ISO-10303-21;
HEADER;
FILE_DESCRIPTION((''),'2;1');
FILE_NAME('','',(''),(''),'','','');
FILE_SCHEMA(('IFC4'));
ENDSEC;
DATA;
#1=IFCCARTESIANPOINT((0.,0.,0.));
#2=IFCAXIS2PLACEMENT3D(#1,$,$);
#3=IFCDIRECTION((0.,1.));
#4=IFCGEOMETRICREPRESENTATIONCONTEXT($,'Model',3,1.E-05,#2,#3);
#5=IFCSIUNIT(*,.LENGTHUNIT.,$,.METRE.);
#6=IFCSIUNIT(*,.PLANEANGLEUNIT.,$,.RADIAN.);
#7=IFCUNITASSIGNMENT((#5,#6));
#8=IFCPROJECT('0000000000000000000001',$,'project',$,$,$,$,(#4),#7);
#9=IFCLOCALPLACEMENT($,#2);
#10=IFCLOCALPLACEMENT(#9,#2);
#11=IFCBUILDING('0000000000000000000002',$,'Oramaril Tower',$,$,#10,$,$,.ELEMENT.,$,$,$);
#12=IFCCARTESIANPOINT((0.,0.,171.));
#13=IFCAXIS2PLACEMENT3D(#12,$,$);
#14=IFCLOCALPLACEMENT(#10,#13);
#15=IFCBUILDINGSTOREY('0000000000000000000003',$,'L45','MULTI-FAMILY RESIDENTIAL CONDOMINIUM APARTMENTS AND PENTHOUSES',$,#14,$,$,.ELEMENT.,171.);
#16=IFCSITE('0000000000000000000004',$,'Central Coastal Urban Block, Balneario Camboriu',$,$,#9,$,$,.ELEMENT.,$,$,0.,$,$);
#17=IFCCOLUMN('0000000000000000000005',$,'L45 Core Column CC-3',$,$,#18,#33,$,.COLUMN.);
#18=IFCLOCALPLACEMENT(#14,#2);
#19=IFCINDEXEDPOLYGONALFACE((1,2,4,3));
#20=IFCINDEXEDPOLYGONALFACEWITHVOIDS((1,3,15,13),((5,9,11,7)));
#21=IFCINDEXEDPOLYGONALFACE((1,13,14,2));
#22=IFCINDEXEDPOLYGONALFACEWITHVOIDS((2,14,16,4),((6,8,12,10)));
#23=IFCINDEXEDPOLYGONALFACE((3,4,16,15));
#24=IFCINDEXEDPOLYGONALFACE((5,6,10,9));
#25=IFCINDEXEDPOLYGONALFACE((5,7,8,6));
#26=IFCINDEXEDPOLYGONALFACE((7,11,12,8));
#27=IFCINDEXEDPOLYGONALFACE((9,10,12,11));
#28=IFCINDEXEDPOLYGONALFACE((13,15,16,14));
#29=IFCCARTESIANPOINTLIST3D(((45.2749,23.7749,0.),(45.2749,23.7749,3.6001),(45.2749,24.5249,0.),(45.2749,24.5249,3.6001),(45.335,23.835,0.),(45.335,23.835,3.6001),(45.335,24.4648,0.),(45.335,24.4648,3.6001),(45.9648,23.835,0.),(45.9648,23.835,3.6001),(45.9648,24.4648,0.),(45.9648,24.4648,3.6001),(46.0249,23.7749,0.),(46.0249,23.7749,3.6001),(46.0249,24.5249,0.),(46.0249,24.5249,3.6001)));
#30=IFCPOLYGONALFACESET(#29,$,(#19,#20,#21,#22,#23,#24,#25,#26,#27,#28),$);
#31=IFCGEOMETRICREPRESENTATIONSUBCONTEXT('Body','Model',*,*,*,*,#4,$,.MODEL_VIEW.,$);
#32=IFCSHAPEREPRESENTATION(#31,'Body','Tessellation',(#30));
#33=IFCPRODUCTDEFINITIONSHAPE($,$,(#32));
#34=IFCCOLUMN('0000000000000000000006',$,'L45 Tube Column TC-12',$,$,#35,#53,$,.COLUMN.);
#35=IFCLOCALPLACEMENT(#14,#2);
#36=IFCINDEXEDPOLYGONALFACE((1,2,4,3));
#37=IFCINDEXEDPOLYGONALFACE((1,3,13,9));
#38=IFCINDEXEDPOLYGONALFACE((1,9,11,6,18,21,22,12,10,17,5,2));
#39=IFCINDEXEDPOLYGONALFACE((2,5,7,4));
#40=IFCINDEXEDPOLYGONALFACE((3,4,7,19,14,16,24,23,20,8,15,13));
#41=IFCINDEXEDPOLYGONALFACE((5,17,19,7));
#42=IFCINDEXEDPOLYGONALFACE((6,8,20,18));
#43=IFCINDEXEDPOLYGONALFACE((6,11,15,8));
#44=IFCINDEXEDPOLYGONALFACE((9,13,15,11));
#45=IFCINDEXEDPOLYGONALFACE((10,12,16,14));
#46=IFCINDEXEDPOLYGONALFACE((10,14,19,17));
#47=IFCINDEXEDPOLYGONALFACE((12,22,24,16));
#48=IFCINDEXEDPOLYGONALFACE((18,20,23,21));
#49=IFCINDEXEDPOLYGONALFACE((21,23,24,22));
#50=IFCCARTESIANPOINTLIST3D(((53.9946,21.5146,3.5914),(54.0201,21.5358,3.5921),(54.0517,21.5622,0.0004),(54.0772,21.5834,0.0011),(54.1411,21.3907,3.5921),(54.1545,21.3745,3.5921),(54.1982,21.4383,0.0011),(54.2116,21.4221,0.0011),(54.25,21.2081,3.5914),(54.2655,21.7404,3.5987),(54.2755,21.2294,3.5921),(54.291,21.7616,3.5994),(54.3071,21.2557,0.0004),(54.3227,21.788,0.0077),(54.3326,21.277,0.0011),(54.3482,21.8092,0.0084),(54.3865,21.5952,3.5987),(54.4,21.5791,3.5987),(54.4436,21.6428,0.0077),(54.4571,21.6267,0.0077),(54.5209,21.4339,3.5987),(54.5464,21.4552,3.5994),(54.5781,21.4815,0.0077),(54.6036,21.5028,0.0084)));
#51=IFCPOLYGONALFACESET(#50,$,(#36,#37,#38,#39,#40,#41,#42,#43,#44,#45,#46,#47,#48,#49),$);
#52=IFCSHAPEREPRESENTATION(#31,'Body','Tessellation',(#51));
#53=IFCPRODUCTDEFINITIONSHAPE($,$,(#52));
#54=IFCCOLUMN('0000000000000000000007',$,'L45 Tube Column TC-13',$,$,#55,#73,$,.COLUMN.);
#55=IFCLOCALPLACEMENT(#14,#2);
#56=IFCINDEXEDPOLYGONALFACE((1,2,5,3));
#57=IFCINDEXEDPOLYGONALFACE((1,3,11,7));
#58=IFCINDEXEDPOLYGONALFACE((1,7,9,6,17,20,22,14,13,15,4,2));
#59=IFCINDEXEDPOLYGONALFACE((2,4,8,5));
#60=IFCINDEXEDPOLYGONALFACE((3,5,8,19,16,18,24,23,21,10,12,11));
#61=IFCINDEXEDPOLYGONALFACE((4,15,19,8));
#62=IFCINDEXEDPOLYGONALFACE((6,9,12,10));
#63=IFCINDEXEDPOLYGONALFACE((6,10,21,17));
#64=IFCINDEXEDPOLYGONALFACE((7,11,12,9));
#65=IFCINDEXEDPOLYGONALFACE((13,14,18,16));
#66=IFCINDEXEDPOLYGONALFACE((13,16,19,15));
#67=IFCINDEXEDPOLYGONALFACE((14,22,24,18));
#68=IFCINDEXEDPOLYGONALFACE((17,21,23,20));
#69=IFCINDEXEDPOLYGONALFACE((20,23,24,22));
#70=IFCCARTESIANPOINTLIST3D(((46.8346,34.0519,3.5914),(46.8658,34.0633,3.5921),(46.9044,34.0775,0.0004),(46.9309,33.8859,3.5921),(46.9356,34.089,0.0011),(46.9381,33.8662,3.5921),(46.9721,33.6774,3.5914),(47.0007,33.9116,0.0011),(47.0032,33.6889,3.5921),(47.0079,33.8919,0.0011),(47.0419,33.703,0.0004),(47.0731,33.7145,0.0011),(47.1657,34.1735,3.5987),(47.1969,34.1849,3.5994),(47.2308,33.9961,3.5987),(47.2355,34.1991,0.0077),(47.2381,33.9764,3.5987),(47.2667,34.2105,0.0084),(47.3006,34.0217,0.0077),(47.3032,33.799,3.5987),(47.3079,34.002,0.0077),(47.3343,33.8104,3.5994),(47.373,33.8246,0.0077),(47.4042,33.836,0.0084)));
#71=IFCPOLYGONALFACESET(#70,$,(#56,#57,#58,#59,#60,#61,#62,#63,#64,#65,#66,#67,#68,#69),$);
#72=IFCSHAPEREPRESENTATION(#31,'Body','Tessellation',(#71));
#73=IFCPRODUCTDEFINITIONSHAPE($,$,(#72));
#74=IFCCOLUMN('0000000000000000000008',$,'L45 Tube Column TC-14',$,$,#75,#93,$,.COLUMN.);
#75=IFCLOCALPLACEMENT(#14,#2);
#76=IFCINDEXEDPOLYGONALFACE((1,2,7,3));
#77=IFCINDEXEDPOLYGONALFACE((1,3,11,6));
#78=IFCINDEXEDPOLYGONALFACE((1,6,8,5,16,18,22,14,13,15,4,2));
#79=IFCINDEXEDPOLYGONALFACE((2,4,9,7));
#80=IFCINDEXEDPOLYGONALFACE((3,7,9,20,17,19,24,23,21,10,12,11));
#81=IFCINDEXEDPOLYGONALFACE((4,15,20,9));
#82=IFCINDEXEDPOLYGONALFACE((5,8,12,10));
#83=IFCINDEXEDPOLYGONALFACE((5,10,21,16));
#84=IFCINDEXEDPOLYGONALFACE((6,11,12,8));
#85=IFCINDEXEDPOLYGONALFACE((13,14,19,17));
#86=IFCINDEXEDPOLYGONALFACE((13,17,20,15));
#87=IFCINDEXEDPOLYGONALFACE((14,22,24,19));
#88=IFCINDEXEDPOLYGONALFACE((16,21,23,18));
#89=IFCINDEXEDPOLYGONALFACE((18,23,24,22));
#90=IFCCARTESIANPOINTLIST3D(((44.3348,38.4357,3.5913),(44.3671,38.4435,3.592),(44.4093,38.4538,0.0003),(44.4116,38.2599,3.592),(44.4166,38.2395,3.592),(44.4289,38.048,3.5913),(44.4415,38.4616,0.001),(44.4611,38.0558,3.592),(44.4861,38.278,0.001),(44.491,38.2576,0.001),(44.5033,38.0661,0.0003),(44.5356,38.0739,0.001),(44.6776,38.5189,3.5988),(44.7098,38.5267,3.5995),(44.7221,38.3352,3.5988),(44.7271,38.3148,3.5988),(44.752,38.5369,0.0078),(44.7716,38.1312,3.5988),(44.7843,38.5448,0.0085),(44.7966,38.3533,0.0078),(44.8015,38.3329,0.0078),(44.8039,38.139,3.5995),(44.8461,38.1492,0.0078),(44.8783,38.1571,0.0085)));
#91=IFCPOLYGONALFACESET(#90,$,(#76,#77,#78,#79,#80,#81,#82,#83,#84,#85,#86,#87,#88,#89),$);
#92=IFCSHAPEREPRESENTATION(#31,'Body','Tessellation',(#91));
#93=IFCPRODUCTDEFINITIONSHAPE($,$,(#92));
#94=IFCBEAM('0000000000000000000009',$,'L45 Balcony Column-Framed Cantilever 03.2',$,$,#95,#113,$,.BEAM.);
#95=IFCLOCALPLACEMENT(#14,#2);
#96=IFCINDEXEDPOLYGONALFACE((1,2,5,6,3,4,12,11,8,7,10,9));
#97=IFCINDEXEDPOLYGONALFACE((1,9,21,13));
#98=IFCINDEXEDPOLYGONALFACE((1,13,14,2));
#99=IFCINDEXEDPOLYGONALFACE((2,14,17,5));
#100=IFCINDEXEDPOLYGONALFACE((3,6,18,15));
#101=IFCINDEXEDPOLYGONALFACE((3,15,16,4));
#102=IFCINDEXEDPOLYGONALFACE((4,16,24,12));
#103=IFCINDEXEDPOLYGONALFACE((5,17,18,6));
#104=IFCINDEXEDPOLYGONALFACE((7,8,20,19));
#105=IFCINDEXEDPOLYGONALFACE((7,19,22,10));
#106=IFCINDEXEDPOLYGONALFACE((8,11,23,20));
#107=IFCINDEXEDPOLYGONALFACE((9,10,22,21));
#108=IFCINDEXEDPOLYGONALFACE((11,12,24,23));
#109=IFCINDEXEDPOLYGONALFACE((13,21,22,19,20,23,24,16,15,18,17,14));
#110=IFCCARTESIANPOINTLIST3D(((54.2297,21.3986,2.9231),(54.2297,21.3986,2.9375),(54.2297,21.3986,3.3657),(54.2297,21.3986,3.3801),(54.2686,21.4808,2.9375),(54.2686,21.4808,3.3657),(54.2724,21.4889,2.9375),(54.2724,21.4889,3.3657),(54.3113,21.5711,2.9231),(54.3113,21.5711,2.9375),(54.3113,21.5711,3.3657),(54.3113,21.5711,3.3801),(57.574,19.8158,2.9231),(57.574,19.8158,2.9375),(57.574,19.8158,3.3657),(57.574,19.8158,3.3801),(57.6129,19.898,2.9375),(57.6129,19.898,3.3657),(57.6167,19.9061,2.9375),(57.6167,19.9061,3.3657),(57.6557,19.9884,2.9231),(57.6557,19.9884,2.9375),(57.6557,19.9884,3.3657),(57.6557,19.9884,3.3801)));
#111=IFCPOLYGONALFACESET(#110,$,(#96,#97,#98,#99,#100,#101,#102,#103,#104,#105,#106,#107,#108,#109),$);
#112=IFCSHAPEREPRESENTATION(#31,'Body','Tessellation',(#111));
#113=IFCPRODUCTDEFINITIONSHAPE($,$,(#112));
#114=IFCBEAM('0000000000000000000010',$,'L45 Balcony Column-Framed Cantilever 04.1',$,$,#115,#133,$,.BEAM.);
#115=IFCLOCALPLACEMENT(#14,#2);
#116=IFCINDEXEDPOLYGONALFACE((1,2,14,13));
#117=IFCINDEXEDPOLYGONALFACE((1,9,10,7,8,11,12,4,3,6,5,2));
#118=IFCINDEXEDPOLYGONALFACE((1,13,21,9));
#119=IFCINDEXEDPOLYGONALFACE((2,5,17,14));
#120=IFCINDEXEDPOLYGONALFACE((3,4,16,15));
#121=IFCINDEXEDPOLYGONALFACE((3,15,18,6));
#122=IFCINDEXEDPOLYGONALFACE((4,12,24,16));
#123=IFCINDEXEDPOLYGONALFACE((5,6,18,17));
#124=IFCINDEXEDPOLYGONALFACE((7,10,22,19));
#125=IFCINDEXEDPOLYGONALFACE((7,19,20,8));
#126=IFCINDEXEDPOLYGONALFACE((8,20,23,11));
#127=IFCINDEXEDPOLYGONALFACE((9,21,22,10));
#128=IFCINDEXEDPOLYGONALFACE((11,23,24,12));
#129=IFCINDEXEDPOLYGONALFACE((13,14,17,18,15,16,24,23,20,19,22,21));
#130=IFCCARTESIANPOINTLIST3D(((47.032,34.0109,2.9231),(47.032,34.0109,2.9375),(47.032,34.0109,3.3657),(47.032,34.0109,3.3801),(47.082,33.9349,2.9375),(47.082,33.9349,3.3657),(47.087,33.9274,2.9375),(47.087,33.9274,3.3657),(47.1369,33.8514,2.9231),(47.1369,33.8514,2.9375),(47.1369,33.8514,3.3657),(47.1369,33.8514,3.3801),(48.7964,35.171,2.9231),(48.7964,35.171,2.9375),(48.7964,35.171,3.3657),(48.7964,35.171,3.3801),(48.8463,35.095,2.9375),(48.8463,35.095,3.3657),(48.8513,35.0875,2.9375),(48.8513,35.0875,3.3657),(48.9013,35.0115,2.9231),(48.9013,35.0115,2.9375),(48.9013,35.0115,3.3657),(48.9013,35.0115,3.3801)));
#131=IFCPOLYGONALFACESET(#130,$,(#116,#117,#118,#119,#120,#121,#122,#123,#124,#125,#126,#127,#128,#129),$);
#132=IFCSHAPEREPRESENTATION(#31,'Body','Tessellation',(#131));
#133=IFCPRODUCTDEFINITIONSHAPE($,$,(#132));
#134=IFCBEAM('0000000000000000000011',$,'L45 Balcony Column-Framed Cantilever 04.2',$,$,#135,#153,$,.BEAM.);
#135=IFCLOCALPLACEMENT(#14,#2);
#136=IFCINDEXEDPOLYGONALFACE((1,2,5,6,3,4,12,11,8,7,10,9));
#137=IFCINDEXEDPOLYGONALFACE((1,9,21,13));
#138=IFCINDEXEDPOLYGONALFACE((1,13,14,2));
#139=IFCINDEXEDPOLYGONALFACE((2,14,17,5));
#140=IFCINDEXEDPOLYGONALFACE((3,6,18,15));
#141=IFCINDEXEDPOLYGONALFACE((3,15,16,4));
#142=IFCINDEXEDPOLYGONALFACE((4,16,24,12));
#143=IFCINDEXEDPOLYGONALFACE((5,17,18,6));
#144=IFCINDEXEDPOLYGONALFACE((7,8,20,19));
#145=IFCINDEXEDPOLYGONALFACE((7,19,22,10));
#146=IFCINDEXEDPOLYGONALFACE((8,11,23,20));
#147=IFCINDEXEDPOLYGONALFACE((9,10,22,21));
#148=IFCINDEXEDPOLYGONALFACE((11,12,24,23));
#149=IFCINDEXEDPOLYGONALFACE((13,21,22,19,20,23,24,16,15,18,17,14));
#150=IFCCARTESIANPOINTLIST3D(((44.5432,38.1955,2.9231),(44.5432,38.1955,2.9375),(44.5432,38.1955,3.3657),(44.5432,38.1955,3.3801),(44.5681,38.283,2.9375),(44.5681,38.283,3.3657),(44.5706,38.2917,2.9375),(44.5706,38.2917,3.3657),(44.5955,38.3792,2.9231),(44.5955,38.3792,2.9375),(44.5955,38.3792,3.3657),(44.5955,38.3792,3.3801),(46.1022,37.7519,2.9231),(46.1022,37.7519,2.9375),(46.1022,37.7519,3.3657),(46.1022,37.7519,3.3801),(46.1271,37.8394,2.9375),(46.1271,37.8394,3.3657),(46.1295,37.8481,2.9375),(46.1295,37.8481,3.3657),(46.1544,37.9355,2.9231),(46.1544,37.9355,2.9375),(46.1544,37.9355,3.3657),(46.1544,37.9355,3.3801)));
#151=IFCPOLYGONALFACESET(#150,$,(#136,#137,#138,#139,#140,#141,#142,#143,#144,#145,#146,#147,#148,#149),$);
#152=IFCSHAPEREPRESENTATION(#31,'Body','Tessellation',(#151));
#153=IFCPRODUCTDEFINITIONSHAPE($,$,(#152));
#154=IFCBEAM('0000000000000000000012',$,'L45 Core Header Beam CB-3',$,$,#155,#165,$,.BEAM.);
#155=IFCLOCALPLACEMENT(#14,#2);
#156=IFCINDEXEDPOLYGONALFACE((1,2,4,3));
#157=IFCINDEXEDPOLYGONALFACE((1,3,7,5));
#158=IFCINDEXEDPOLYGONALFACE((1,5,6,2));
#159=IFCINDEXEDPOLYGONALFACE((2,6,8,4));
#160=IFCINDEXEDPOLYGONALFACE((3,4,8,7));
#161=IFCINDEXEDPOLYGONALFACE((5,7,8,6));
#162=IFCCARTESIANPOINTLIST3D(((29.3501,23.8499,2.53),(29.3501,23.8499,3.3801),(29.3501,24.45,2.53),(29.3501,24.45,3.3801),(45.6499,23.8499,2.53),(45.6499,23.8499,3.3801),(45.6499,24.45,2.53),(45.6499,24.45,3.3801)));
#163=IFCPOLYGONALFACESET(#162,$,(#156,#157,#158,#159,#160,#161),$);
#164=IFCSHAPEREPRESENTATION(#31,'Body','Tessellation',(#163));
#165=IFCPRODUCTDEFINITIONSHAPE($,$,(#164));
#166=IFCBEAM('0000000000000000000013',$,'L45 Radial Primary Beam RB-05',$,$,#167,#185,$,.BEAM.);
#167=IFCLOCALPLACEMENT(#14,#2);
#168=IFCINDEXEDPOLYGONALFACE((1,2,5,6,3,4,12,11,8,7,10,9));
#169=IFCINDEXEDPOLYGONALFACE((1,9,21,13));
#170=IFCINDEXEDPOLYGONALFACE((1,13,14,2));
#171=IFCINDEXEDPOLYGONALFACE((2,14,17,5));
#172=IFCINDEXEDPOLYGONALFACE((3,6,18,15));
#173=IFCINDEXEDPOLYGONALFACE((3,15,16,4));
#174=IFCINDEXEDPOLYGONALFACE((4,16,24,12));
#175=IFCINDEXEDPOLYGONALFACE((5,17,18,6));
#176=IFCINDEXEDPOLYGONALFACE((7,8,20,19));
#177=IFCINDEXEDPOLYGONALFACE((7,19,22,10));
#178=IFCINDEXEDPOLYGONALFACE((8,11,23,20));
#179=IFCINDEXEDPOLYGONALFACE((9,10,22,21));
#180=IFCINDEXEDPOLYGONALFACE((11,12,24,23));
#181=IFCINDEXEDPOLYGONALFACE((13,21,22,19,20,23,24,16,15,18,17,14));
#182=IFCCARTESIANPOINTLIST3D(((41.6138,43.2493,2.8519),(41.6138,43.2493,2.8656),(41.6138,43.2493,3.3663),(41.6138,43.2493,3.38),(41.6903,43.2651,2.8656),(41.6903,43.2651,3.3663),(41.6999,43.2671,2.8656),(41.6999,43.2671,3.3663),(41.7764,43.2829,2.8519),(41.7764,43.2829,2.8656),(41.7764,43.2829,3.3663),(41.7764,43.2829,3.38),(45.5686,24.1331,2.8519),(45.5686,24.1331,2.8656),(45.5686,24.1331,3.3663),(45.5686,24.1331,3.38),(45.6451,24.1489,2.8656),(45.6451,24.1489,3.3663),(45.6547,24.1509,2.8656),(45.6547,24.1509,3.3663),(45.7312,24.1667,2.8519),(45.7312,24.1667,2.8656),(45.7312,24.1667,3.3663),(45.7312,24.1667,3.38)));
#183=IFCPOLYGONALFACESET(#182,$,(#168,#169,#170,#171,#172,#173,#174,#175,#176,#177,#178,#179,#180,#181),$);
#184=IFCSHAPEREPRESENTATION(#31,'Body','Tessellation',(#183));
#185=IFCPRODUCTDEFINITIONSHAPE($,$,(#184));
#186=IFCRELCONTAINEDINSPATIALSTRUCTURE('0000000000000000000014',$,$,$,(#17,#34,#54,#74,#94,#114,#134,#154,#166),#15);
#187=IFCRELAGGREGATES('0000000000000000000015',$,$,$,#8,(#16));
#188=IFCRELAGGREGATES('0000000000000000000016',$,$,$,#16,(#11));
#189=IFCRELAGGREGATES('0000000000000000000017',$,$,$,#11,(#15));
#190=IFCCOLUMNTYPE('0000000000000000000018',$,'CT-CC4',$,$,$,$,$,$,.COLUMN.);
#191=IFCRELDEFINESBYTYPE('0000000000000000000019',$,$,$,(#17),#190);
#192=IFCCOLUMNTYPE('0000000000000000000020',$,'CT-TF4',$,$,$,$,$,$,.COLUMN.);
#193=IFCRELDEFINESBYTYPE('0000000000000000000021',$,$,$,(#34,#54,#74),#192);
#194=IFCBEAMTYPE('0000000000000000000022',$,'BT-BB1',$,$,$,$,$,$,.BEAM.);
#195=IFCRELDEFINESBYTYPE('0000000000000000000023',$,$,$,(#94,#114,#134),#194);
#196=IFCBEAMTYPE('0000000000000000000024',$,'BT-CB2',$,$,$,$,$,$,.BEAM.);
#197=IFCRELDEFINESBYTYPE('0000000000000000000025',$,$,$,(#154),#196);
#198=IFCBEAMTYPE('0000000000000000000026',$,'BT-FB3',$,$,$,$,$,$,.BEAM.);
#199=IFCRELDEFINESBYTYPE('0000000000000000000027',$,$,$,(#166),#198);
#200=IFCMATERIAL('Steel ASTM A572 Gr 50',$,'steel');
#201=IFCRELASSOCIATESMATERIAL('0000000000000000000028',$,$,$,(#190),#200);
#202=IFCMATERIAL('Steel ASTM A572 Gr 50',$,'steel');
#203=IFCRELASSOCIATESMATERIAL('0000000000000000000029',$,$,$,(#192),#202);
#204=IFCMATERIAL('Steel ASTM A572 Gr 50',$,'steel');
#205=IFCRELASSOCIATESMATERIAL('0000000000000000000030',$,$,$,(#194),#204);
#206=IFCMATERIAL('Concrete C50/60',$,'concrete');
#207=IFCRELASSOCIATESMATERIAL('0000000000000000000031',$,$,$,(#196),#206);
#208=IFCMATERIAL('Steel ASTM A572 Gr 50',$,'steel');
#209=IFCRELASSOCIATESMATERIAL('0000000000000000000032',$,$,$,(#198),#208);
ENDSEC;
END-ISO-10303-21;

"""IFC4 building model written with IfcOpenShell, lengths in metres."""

from ifc_helpers import new_model, si_unit, direction, frame, origin, origin_2d, place, context, subcontext, project, spatial, rectangle, hollow_rectangle, i_section, extrude, material, material_profile, profile_set, type_object, element, save


model = new_model("IFC4")

# Units and contexts
model_context = context("Model", 3, precision=1e-05, world=origin(), true_north=direction((0.0, 1.0)))
body_context = subcontext(model_context, "Body", "Model", "MODEL_VIEW")
ifc_project = project(units=[si_unit("LENGTHUNIT", "METRE"), si_unit("PLANEANGLEUNIT", "RADIAN")], contexts=[model_context])

# Site, building, storey
site_placement = place(None, origin())
site = spatial("IfcSite", under=ifc_project, at=site_placement, Name="Central Coastal Urban Block, Balneario Camboriu", CompositionType="ELEMENT", RefElevation=0.0)
building_placement = place(site_placement, origin())
building = spatial("IfcBuilding", under=site, at=building_placement, Name="Oramaril Tower", CompositionType="ELEMENT")
storey_placement = place(building_placement, frame((0.0, 0.0, 171.0)))
storey = spatial("IfcBuildingStorey", under=building, at=storey_placement, Name="L45", Description="MULTI-FAMILY RESIDENTIAL CONDOMINIUM APARTMENTS AND PENTHOUSES", CompositionType="ELEMENT", Elevation=171.0)

# Columns
ifc_material_1 = material(Name="Steel ASTM A572 Gr 50", Category="steel")
ifc_material_profile_1 = material_profile(ifc_material_1, hollow_rectangle(XDim=0.75, YDim=0.75, WallThickness=0.0601, at=origin_2d()), Name="BOX750X750X60")
ifc_profile_set_1 = profile_set([ifc_material_profile_1], Name="Steel ASTM A572 Gr 50")
column_type_1 = type_object("IfcColumnType", Name="CT-CC4", PredefinedType="COLUMN", material=ifc_profile_set_1)
column_placement = place(storey_placement, frame((45.6499, 24.1499, 0.0), z_axis=(0.0, 0.0, 1.0), x_axis=(1.0, 0.0, 0.0)))
element("IfcColumn", 1, at=column_placement, inside=storey, type_object=column_type_1, Name="L45 Core Column CC-3", PredefinedType="COLUMN", context=body_context, shape_type="SweptSolid", body=[
    extrude(hollow_rectangle(XDim=0.75, YDim=0.75, WallThickness=0.0601, at=origin_2d()), origin(), (0.0, 0.0, 1.0), 3.6001),
])
ifc_material_2 = material(Name="Steel ASTM A572 Gr 50", Category="steel")
ifc_material_profile_2 = material_profile(ifc_material_2, i_section(OverallWidth=0.3989, OverallDepth=0.386, WebThickness=0.021, FlangeThickness=0.0332, at=origin_2d()), Name="W14X176")
ifc_profile_set_2 = profile_set([ifc_material_profile_2], Name="Steel ASTM A572 Gr 50")
column_type_2 = type_object("IfcColumnType", Name="CT-TF4", PredefinedType="COLUMN", material=ifc_profile_set_2)
for number, where, z_axis, x_axis, name in (
    (2, (54.3276, 21.5325, 0.0044), (-0.015905, -0.013254, 0.999786), (0.640184, -0.768221, 0.0), "L45 Tube Column TC-12"),
    (3, (47.1543, 33.9568, 0.0044), (-0.01944, -0.007137, 0.999786), (0.34464, -0.938735, 0.0), "L45 Tube Column TC-13"),
    (4, (44.6438, 38.3054, 0.0044), (-0.020731, -0.00503, 0.999772), (0.235782, -0.971806, 0.0), "L45 Tube Column TC-14"),
):
    element("IfcColumn", number, at=place(storey_placement, frame(where, z_axis=z_axis, x_axis=x_axis)), inside=storey, type_object=column_type_2, Name=name, PredefinedType="COLUMN", context=body_context, shape_type="SweptSolid", body=[
        extrude(i_section(OverallWidth=0.3989, OverallDepth=0.386, WebThickness=0.021, FlangeThickness=0.0332, at=origin_2d()), origin(), (0.0, 0.0, 1.0), 3.5918),
    ])

# Beams
ifc_material_3 = material(Name="Steel ASTM A572 Gr 50", Category="steel")
ifc_material_profile_3 = material_profile(ifc_material_3, i_section(OverallWidth=0.1909, OverallDepth=0.457, WebThickness=0.009, FlangeThickness=0.0144, at=origin_2d()), Name="W18X50")
ifc_profile_set_3 = profile_set([ifc_material_profile_3], Name="Steel ASTM A572 Gr 50")
beam_type_1 = type_object("IfcBeamType", Name="BT-BB1", PredefinedType="BEAM", material=ifc_profile_set_3)
beam_1_placement = place(storey_placement, frame((54.2705, 21.4849, 3.1516), z_axis=(0.903879, -0.427788, 0.0), x_axis=(0.427788, 0.903879, 0.0)))
element("IfcBeam", 5, at=beam_1_placement, inside=storey, type_object=beam_type_1, Name="L45 Balcony Column-Framed Cantilever 03.2", PredefinedType="BEAM", context=body_context, shape_type="SweptSolid", body=[
    extrude(i_section(OverallWidth=0.1909, OverallDepth=0.457, WebThickness=0.009, FlangeThickness=0.0144, at=origin_2d()), origin(), (0.0, 0.0, 1.0), 3.7),
])
beam_2_placement = place(storey_placement, frame((47.0845, 33.9312, 3.1516), z_axis=(0.835555, 0.549406, 0.0), x_axis=(-0.549406, 0.835555, 0.0)))
element("IfcBeam", 6, at=beam_2_placement, inside=storey, type_object=beam_type_1, Name="L45 Balcony Column-Framed Cantilever 04.1", PredefinedType="BEAM", context=body_context, shape_type="SweptSolid", body=[
    extrude(i_section(OverallWidth=0.1909, OverallDepth=0.457, WebThickness=0.009, FlangeThickness=0.0144, at=origin_2d()), origin(), (0.0, 0.0, 1.0), 2.1116),
])
beam_3_placement = place(storey_placement, frame((44.5693, 38.2874, 3.1516), z_axis=(0.961813, -0.273706, 0.0), x_axis=(0.273706, 0.961813, 0.0)))
element("IfcBeam", 7, at=beam_3_placement, inside=storey, type_object=beam_type_1, Name="L45 Balcony Column-Framed Cantilever 04.2", PredefinedType="BEAM", context=body_context, shape_type="SweptSolid", body=[
    extrude(i_section(OverallWidth=0.1909, OverallDepth=0.457, WebThickness=0.009, FlangeThickness=0.0144, at=origin_2d()), origin(), (0.0, 0.0, 1.0), 1.6208),
])
ifc_material_4 = material(Name="Concrete C50/60", Category="concrete")
ifc_material_profile_4 = material_profile(ifc_material_4, rectangle(XDim=0.6001, YDim=0.8501, at=origin_2d()), Name="CB600X850")
ifc_profile_set_4 = profile_set([ifc_material_profile_4], Name="Concrete C50/60")
beam_type_2 = type_object("IfcBeamType", Name="BT-CB2", PredefinedType="BEAM", material=ifc_profile_set_4)
beam_4_placement = place(storey_placement, frame((45.6499, 24.1499, 2.9551), z_axis=(-1.0, 0.0, 0.0), x_axis=(0.0, -1.0, 0.0)))
element("IfcBeam", 8, at=beam_4_placement, inside=storey, type_object=beam_type_2, Name="L45 Core Header Beam CB-3", PredefinedType="BEAM", context=body_context, shape_type="SweptSolid", body=[
    extrude(rectangle(XDim=0.6001, YDim=0.8501, at=origin_2d()), origin(), (0.0, 0.0, 1.0), 16.2998),
])
ifc_material_5 = material(Name="Steel ASTM A572 Gr 50", Category="steel")
ifc_material_profile_5 = material_profile(ifc_material_5, i_section(OverallWidth=0.166, OverallDepth=0.5281, WebThickness=0.0098, FlangeThickness=0.0137, at=origin_2d()), Name="W21X50")
ifc_profile_set_5 = profile_set([ifc_material_profile_5], Name="Steel ASTM A572 Gr 50")
beam_type_3 = type_object("IfcBeamType", Name="BT-FB3", PredefinedType="BEAM", material=ifc_profile_set_5)
beam_5_placement = place(storey_placement, frame((45.6499, 24.1499, 3.116), z_axis=(-0.202594, 0.979263, 0.0), x_axis=(-0.979263, -0.202594, 0.0)))
element("IfcBeam", 9, at=beam_5_placement, inside=storey, type_object=beam_type_3, Name="L45 Radial Primary Beam RB-05", PredefinedType="BEAM", context=body_context, shape_type="SweptSolid", body=[
    extrude(i_section(OverallWidth=0.166, OverallDepth=0.5281, WebThickness=0.0098, FlangeThickness=0.0137, at=origin_2d()), origin(), (0.0, 0.0, 1.0), 19.521),
])

save(model, "model.ifc")
